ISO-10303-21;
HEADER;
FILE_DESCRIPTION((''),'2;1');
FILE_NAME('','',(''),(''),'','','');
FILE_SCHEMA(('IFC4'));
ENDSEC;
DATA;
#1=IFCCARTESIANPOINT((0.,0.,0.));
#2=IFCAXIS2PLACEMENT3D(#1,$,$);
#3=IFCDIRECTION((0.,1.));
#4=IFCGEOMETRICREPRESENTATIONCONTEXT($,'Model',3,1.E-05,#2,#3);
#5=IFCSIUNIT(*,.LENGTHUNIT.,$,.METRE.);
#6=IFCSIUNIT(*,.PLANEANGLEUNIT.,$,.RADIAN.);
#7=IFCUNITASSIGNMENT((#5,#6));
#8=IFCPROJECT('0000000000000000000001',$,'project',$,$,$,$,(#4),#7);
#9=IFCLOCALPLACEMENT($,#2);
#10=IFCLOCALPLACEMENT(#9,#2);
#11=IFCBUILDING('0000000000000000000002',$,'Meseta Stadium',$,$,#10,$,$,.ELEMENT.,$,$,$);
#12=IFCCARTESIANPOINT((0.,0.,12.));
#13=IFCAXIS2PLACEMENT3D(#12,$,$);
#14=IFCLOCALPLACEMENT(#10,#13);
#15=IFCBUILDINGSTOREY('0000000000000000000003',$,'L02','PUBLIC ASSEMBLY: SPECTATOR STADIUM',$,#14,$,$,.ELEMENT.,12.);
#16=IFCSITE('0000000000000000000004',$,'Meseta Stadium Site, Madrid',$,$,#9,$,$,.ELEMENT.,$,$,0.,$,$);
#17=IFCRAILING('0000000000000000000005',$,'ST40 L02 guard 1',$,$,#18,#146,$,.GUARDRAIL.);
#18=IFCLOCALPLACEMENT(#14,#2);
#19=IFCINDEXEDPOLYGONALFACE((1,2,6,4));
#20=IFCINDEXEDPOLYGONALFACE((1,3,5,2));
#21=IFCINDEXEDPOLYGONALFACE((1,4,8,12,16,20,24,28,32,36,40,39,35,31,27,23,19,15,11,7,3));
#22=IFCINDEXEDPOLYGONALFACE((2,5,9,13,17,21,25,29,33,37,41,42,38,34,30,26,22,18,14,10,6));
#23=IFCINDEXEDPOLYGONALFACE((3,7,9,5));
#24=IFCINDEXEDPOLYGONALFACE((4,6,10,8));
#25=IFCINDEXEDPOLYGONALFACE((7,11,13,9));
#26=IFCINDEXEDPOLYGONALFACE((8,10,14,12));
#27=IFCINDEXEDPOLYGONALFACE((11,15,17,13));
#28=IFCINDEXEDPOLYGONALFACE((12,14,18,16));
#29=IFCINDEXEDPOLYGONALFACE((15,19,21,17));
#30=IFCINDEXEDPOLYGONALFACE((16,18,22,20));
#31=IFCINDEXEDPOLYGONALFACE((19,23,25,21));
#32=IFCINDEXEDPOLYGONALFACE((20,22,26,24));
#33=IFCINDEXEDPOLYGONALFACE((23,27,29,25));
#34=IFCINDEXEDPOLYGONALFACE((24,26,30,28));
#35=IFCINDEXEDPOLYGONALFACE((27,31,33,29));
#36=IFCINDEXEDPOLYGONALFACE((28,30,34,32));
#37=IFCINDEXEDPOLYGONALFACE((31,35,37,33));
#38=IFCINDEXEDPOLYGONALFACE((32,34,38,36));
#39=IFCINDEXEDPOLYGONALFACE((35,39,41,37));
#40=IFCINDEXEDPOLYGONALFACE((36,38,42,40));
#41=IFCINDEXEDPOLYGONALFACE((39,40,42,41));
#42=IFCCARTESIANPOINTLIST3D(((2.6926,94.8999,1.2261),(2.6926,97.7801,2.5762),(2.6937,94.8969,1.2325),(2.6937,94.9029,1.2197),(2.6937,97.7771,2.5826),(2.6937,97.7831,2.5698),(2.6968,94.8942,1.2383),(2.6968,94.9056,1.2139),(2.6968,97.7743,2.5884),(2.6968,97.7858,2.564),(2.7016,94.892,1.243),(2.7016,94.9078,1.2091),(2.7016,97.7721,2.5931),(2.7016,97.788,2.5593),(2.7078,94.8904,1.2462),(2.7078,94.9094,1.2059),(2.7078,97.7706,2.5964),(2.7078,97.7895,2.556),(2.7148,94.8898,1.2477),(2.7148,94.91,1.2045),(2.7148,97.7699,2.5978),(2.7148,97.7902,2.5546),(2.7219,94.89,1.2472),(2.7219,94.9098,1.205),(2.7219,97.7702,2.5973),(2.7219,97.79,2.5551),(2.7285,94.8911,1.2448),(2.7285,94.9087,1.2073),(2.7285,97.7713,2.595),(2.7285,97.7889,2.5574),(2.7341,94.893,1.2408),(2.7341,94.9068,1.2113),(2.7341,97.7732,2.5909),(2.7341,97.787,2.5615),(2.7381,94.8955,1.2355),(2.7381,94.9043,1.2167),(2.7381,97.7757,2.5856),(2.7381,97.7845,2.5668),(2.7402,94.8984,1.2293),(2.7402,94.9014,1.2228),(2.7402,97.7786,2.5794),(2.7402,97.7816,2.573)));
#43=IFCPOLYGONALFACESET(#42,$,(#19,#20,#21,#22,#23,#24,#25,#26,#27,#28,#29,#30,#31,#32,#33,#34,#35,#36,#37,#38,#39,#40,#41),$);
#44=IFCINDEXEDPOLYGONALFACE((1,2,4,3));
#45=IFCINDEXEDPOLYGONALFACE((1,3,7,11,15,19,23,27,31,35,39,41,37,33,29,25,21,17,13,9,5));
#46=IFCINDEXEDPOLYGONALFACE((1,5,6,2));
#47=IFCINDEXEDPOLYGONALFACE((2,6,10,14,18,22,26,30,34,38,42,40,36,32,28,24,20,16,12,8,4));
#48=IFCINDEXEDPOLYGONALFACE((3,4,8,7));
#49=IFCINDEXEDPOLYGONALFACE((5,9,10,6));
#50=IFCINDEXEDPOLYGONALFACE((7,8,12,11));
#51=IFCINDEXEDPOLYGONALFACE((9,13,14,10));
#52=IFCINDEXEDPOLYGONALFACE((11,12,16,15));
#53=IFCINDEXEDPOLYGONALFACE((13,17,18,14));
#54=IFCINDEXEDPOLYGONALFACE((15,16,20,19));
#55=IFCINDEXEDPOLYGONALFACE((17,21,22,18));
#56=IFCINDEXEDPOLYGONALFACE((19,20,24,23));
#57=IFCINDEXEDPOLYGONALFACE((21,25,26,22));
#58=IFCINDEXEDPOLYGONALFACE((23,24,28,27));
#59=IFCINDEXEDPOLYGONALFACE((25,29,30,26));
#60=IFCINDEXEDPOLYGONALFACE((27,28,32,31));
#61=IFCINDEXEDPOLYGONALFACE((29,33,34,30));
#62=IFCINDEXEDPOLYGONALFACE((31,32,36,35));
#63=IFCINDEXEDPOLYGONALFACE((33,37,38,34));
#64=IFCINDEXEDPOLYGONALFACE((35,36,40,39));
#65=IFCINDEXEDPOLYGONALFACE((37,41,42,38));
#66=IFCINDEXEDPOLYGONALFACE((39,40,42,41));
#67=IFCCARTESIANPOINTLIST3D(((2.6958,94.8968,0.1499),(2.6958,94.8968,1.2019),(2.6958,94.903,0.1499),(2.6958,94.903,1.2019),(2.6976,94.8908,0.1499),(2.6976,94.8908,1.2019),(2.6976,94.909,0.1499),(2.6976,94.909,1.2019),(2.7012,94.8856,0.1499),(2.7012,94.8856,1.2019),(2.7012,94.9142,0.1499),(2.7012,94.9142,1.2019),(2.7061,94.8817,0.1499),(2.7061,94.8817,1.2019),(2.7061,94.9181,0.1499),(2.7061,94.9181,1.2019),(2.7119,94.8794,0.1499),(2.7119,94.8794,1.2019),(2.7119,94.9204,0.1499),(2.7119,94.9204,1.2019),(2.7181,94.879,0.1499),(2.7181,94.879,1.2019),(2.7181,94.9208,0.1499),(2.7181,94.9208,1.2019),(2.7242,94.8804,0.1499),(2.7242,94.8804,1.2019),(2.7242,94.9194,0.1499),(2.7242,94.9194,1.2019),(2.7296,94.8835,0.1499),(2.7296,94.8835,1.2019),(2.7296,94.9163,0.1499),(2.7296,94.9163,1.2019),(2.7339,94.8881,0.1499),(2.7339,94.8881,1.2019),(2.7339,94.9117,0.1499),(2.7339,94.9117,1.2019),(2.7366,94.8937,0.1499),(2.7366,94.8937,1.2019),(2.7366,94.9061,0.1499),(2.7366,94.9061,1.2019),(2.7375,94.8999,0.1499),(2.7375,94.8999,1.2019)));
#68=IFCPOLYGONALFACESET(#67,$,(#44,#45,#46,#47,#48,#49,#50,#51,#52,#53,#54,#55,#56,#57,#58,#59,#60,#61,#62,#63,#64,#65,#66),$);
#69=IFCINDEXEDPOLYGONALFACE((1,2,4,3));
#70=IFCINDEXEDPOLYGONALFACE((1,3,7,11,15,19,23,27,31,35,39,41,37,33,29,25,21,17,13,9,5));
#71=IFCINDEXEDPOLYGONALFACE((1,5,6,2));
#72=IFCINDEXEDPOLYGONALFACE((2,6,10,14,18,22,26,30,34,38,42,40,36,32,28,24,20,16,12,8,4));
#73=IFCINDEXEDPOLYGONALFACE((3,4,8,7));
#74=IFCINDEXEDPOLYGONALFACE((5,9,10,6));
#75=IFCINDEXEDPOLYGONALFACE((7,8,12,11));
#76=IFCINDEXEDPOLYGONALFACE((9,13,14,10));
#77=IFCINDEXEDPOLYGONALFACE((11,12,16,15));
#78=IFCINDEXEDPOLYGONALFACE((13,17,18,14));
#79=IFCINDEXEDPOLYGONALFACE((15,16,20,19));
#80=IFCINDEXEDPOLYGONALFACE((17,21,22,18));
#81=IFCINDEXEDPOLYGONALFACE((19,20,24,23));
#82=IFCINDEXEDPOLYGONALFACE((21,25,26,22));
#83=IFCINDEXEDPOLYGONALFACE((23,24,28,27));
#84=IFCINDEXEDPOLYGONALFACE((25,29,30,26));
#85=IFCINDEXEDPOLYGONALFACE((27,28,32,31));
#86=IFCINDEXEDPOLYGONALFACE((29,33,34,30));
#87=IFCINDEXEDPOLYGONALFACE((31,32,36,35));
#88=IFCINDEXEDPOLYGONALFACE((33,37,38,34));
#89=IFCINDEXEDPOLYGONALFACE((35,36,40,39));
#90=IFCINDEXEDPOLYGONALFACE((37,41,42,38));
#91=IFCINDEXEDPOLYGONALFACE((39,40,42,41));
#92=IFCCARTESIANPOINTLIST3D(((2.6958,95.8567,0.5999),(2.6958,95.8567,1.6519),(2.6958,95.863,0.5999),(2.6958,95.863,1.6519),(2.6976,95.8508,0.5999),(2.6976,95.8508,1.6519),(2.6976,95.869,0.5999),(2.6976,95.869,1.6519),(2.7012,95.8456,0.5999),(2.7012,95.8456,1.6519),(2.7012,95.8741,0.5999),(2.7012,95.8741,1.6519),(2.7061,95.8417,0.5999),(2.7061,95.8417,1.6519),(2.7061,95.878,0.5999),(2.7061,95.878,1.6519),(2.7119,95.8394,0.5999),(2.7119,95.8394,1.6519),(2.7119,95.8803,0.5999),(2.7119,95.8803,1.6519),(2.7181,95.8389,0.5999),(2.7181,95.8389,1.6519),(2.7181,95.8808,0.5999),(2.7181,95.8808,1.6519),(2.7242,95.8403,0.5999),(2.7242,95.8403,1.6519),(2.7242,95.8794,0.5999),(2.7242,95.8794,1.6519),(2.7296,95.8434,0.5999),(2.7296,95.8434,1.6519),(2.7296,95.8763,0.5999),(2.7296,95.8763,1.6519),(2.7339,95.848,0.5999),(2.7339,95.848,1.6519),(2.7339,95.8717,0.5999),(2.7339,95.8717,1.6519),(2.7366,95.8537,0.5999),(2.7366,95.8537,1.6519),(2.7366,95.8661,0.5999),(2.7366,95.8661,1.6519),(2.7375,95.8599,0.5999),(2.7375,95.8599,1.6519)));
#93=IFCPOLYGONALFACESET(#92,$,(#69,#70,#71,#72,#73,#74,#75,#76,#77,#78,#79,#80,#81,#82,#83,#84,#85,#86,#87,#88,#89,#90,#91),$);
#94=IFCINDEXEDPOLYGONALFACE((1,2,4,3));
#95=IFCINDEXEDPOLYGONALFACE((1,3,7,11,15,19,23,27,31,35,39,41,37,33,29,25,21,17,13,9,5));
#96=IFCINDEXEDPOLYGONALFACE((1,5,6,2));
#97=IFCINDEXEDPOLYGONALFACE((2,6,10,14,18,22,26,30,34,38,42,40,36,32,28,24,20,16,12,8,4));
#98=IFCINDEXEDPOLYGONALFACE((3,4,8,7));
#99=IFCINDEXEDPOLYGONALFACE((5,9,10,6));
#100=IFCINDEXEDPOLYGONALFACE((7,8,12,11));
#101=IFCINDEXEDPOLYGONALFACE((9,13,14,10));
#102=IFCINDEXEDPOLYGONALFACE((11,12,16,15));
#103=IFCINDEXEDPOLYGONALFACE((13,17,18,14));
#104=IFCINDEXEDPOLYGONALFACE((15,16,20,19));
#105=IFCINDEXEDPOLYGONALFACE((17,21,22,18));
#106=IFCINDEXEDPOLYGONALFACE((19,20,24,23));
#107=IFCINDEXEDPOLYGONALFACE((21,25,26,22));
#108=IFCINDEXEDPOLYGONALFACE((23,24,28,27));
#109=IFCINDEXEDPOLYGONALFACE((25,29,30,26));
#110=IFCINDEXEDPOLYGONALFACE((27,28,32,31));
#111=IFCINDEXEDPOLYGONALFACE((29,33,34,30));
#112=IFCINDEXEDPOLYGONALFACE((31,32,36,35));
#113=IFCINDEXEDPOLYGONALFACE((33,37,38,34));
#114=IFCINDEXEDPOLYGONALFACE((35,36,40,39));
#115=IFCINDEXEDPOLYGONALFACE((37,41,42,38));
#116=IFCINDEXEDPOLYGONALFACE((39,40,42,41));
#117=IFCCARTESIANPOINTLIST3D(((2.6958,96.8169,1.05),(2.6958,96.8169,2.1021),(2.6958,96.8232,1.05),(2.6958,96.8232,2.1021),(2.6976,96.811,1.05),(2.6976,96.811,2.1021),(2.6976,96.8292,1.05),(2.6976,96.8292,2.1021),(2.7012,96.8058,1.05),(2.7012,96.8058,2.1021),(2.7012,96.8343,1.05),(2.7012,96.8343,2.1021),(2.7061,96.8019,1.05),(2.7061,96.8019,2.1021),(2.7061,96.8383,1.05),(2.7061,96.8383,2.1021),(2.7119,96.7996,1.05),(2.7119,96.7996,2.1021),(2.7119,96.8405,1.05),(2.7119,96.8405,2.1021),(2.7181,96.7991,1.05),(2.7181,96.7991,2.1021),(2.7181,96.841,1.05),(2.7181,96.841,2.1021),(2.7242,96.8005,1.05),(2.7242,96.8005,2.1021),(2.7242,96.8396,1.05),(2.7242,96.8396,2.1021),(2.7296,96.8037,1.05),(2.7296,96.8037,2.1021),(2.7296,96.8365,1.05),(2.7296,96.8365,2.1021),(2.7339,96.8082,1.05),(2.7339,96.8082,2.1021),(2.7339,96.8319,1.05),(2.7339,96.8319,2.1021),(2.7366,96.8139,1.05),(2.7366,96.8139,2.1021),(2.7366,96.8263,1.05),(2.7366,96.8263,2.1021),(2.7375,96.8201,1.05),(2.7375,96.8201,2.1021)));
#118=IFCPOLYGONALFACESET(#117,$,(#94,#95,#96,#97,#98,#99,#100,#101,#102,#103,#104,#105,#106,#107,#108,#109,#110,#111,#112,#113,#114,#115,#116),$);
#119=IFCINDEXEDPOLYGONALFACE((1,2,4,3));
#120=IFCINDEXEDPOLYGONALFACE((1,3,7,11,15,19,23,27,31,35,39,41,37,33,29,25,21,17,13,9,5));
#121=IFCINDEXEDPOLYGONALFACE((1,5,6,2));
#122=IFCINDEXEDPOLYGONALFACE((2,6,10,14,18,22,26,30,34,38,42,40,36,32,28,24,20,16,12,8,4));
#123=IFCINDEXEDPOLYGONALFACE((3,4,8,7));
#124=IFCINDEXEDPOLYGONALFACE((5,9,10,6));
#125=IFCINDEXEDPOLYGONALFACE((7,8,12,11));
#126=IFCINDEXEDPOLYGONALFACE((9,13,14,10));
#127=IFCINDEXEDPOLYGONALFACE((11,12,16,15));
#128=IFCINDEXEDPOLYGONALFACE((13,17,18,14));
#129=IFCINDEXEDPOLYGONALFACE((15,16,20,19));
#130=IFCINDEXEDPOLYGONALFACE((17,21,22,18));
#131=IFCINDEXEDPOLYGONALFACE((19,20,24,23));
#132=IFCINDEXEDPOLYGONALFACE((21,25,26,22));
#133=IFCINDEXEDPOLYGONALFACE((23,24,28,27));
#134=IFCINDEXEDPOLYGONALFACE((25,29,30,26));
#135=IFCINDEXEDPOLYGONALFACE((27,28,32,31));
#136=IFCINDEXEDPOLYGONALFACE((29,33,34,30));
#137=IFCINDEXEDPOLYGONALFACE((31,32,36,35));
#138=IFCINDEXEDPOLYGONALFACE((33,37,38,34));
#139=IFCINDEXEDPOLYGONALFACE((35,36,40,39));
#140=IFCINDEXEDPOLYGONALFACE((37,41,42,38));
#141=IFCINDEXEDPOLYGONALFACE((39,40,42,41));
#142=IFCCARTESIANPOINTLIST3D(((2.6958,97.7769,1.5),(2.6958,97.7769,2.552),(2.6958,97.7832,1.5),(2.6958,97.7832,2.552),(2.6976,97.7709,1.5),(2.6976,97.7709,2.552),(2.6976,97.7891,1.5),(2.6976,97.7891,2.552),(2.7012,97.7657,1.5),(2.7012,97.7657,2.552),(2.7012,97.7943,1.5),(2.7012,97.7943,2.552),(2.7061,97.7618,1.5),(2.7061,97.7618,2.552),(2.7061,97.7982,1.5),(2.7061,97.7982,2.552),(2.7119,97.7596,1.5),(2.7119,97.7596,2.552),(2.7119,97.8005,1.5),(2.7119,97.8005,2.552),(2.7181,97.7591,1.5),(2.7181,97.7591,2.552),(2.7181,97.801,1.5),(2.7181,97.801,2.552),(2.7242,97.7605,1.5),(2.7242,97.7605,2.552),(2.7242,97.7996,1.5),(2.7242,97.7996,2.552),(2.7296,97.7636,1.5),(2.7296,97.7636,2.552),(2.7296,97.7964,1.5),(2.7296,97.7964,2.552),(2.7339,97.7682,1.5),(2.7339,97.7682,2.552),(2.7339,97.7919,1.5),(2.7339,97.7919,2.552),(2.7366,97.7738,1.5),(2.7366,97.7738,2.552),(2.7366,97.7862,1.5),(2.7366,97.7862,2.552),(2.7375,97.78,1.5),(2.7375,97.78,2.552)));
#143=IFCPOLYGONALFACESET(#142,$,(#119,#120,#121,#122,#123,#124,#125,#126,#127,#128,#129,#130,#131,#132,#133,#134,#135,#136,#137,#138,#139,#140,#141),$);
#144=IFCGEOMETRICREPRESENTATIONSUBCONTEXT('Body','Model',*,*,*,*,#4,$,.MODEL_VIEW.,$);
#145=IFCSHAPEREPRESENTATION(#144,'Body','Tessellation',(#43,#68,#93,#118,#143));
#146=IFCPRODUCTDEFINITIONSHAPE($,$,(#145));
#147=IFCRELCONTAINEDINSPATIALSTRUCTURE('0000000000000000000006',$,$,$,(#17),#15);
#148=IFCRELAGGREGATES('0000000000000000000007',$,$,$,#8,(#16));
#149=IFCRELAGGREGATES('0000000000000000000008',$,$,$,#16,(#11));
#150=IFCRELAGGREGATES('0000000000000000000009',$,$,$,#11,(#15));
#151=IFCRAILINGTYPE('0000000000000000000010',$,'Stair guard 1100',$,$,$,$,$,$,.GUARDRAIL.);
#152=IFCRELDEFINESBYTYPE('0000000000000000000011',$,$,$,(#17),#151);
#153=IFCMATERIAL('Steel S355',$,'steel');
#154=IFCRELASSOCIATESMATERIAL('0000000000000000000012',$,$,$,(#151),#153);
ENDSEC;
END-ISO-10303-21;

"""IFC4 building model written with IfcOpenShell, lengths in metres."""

from ifc_helpers import new_model, si_unit, direction, frame, origin, origin_2d, place, context, subcontext, project, spatial, circle, extrude, material, type_object, element, save


model = new_model("IFC4")

# Units and contexts
model_context = context("Model", 3, precision=1e-05, world=origin(), true_north=direction((0.0, 1.0)))
body_context = subcontext(model_context, "Body", "Model", "MODEL_VIEW")
ifc_project = project(units=[si_unit("LENGTHUNIT", "METRE"), si_unit("PLANEANGLEUNIT", "RADIAN")], contexts=[model_context])

# Site, building, storey
site_placement = place(None, origin())
site = spatial("IfcSite", under=ifc_project, at=site_placement, Name="Meseta Stadium Site, Madrid", CompositionType="ELEMENT", RefElevation=0.0)
building_placement = place(site_placement, origin())
building = spatial("IfcBuilding", under=site, at=building_placement, Name="Meseta Stadium", CompositionType="ELEMENT")
storey_placement = place(building_placement, frame((0.0, 0.0, 12.0)))
storey = spatial("IfcBuildingStorey", under=building, at=storey_placement, Name="L02", Description="PUBLIC ASSEMBLY: SPECTATOR STADIUM", CompositionType="ELEMENT", Elevation=12.0)

# Railing
ifc_material_1 = material(Name="Steel S355", Category="steel")
railing_type_1 = type_object("IfcRailingType", Name="Stair guard 1100", PredefinedType="GUARDRAIL", material=ifc_material_1)
railing_1_placement = place(storey_placement, frame((2.7166, 94.8999, 0.1499)))
element("IfcRailing", 1, at=railing_1_placement, inside=storey, type_object=railing_type_1, Name="ST40 L02 guard 1", PredefinedType="GUARDRAIL", context=body_context, shape_type="SweptSolid", body=[
    extrude(circle(Radius=0.0239, at=origin_2d()), frame((0.0, 0.0, 1.0762), z_axis=(0.0, 0.905454, 0.424444), x_axis=(-1.0, 0.0, 0.0)), (0.0, 0.0, 1.0), 3.1809),
    extrude(circle(Radius=0.021, at=origin_2d()), origin(), (0.0, 0.0, 1.0), 1.052),
    extrude(circle(Radius=0.021, at=origin_2d()), frame((0.0, 0.96, 0.45)), (0.0, 0.0, 1.0), 1.052),
    extrude(circle(Radius=0.021, at=origin_2d()), frame((0.0, 1.9202, 0.9001)), (0.0, 0.0, 1.0), 1.052),
    extrude(circle(Radius=0.021, at=origin_2d()), frame((0.0, 2.8801, 1.3501)), (0.0, 0.0, 1.0), 1.052),
])

save(model, "model.ifc")
